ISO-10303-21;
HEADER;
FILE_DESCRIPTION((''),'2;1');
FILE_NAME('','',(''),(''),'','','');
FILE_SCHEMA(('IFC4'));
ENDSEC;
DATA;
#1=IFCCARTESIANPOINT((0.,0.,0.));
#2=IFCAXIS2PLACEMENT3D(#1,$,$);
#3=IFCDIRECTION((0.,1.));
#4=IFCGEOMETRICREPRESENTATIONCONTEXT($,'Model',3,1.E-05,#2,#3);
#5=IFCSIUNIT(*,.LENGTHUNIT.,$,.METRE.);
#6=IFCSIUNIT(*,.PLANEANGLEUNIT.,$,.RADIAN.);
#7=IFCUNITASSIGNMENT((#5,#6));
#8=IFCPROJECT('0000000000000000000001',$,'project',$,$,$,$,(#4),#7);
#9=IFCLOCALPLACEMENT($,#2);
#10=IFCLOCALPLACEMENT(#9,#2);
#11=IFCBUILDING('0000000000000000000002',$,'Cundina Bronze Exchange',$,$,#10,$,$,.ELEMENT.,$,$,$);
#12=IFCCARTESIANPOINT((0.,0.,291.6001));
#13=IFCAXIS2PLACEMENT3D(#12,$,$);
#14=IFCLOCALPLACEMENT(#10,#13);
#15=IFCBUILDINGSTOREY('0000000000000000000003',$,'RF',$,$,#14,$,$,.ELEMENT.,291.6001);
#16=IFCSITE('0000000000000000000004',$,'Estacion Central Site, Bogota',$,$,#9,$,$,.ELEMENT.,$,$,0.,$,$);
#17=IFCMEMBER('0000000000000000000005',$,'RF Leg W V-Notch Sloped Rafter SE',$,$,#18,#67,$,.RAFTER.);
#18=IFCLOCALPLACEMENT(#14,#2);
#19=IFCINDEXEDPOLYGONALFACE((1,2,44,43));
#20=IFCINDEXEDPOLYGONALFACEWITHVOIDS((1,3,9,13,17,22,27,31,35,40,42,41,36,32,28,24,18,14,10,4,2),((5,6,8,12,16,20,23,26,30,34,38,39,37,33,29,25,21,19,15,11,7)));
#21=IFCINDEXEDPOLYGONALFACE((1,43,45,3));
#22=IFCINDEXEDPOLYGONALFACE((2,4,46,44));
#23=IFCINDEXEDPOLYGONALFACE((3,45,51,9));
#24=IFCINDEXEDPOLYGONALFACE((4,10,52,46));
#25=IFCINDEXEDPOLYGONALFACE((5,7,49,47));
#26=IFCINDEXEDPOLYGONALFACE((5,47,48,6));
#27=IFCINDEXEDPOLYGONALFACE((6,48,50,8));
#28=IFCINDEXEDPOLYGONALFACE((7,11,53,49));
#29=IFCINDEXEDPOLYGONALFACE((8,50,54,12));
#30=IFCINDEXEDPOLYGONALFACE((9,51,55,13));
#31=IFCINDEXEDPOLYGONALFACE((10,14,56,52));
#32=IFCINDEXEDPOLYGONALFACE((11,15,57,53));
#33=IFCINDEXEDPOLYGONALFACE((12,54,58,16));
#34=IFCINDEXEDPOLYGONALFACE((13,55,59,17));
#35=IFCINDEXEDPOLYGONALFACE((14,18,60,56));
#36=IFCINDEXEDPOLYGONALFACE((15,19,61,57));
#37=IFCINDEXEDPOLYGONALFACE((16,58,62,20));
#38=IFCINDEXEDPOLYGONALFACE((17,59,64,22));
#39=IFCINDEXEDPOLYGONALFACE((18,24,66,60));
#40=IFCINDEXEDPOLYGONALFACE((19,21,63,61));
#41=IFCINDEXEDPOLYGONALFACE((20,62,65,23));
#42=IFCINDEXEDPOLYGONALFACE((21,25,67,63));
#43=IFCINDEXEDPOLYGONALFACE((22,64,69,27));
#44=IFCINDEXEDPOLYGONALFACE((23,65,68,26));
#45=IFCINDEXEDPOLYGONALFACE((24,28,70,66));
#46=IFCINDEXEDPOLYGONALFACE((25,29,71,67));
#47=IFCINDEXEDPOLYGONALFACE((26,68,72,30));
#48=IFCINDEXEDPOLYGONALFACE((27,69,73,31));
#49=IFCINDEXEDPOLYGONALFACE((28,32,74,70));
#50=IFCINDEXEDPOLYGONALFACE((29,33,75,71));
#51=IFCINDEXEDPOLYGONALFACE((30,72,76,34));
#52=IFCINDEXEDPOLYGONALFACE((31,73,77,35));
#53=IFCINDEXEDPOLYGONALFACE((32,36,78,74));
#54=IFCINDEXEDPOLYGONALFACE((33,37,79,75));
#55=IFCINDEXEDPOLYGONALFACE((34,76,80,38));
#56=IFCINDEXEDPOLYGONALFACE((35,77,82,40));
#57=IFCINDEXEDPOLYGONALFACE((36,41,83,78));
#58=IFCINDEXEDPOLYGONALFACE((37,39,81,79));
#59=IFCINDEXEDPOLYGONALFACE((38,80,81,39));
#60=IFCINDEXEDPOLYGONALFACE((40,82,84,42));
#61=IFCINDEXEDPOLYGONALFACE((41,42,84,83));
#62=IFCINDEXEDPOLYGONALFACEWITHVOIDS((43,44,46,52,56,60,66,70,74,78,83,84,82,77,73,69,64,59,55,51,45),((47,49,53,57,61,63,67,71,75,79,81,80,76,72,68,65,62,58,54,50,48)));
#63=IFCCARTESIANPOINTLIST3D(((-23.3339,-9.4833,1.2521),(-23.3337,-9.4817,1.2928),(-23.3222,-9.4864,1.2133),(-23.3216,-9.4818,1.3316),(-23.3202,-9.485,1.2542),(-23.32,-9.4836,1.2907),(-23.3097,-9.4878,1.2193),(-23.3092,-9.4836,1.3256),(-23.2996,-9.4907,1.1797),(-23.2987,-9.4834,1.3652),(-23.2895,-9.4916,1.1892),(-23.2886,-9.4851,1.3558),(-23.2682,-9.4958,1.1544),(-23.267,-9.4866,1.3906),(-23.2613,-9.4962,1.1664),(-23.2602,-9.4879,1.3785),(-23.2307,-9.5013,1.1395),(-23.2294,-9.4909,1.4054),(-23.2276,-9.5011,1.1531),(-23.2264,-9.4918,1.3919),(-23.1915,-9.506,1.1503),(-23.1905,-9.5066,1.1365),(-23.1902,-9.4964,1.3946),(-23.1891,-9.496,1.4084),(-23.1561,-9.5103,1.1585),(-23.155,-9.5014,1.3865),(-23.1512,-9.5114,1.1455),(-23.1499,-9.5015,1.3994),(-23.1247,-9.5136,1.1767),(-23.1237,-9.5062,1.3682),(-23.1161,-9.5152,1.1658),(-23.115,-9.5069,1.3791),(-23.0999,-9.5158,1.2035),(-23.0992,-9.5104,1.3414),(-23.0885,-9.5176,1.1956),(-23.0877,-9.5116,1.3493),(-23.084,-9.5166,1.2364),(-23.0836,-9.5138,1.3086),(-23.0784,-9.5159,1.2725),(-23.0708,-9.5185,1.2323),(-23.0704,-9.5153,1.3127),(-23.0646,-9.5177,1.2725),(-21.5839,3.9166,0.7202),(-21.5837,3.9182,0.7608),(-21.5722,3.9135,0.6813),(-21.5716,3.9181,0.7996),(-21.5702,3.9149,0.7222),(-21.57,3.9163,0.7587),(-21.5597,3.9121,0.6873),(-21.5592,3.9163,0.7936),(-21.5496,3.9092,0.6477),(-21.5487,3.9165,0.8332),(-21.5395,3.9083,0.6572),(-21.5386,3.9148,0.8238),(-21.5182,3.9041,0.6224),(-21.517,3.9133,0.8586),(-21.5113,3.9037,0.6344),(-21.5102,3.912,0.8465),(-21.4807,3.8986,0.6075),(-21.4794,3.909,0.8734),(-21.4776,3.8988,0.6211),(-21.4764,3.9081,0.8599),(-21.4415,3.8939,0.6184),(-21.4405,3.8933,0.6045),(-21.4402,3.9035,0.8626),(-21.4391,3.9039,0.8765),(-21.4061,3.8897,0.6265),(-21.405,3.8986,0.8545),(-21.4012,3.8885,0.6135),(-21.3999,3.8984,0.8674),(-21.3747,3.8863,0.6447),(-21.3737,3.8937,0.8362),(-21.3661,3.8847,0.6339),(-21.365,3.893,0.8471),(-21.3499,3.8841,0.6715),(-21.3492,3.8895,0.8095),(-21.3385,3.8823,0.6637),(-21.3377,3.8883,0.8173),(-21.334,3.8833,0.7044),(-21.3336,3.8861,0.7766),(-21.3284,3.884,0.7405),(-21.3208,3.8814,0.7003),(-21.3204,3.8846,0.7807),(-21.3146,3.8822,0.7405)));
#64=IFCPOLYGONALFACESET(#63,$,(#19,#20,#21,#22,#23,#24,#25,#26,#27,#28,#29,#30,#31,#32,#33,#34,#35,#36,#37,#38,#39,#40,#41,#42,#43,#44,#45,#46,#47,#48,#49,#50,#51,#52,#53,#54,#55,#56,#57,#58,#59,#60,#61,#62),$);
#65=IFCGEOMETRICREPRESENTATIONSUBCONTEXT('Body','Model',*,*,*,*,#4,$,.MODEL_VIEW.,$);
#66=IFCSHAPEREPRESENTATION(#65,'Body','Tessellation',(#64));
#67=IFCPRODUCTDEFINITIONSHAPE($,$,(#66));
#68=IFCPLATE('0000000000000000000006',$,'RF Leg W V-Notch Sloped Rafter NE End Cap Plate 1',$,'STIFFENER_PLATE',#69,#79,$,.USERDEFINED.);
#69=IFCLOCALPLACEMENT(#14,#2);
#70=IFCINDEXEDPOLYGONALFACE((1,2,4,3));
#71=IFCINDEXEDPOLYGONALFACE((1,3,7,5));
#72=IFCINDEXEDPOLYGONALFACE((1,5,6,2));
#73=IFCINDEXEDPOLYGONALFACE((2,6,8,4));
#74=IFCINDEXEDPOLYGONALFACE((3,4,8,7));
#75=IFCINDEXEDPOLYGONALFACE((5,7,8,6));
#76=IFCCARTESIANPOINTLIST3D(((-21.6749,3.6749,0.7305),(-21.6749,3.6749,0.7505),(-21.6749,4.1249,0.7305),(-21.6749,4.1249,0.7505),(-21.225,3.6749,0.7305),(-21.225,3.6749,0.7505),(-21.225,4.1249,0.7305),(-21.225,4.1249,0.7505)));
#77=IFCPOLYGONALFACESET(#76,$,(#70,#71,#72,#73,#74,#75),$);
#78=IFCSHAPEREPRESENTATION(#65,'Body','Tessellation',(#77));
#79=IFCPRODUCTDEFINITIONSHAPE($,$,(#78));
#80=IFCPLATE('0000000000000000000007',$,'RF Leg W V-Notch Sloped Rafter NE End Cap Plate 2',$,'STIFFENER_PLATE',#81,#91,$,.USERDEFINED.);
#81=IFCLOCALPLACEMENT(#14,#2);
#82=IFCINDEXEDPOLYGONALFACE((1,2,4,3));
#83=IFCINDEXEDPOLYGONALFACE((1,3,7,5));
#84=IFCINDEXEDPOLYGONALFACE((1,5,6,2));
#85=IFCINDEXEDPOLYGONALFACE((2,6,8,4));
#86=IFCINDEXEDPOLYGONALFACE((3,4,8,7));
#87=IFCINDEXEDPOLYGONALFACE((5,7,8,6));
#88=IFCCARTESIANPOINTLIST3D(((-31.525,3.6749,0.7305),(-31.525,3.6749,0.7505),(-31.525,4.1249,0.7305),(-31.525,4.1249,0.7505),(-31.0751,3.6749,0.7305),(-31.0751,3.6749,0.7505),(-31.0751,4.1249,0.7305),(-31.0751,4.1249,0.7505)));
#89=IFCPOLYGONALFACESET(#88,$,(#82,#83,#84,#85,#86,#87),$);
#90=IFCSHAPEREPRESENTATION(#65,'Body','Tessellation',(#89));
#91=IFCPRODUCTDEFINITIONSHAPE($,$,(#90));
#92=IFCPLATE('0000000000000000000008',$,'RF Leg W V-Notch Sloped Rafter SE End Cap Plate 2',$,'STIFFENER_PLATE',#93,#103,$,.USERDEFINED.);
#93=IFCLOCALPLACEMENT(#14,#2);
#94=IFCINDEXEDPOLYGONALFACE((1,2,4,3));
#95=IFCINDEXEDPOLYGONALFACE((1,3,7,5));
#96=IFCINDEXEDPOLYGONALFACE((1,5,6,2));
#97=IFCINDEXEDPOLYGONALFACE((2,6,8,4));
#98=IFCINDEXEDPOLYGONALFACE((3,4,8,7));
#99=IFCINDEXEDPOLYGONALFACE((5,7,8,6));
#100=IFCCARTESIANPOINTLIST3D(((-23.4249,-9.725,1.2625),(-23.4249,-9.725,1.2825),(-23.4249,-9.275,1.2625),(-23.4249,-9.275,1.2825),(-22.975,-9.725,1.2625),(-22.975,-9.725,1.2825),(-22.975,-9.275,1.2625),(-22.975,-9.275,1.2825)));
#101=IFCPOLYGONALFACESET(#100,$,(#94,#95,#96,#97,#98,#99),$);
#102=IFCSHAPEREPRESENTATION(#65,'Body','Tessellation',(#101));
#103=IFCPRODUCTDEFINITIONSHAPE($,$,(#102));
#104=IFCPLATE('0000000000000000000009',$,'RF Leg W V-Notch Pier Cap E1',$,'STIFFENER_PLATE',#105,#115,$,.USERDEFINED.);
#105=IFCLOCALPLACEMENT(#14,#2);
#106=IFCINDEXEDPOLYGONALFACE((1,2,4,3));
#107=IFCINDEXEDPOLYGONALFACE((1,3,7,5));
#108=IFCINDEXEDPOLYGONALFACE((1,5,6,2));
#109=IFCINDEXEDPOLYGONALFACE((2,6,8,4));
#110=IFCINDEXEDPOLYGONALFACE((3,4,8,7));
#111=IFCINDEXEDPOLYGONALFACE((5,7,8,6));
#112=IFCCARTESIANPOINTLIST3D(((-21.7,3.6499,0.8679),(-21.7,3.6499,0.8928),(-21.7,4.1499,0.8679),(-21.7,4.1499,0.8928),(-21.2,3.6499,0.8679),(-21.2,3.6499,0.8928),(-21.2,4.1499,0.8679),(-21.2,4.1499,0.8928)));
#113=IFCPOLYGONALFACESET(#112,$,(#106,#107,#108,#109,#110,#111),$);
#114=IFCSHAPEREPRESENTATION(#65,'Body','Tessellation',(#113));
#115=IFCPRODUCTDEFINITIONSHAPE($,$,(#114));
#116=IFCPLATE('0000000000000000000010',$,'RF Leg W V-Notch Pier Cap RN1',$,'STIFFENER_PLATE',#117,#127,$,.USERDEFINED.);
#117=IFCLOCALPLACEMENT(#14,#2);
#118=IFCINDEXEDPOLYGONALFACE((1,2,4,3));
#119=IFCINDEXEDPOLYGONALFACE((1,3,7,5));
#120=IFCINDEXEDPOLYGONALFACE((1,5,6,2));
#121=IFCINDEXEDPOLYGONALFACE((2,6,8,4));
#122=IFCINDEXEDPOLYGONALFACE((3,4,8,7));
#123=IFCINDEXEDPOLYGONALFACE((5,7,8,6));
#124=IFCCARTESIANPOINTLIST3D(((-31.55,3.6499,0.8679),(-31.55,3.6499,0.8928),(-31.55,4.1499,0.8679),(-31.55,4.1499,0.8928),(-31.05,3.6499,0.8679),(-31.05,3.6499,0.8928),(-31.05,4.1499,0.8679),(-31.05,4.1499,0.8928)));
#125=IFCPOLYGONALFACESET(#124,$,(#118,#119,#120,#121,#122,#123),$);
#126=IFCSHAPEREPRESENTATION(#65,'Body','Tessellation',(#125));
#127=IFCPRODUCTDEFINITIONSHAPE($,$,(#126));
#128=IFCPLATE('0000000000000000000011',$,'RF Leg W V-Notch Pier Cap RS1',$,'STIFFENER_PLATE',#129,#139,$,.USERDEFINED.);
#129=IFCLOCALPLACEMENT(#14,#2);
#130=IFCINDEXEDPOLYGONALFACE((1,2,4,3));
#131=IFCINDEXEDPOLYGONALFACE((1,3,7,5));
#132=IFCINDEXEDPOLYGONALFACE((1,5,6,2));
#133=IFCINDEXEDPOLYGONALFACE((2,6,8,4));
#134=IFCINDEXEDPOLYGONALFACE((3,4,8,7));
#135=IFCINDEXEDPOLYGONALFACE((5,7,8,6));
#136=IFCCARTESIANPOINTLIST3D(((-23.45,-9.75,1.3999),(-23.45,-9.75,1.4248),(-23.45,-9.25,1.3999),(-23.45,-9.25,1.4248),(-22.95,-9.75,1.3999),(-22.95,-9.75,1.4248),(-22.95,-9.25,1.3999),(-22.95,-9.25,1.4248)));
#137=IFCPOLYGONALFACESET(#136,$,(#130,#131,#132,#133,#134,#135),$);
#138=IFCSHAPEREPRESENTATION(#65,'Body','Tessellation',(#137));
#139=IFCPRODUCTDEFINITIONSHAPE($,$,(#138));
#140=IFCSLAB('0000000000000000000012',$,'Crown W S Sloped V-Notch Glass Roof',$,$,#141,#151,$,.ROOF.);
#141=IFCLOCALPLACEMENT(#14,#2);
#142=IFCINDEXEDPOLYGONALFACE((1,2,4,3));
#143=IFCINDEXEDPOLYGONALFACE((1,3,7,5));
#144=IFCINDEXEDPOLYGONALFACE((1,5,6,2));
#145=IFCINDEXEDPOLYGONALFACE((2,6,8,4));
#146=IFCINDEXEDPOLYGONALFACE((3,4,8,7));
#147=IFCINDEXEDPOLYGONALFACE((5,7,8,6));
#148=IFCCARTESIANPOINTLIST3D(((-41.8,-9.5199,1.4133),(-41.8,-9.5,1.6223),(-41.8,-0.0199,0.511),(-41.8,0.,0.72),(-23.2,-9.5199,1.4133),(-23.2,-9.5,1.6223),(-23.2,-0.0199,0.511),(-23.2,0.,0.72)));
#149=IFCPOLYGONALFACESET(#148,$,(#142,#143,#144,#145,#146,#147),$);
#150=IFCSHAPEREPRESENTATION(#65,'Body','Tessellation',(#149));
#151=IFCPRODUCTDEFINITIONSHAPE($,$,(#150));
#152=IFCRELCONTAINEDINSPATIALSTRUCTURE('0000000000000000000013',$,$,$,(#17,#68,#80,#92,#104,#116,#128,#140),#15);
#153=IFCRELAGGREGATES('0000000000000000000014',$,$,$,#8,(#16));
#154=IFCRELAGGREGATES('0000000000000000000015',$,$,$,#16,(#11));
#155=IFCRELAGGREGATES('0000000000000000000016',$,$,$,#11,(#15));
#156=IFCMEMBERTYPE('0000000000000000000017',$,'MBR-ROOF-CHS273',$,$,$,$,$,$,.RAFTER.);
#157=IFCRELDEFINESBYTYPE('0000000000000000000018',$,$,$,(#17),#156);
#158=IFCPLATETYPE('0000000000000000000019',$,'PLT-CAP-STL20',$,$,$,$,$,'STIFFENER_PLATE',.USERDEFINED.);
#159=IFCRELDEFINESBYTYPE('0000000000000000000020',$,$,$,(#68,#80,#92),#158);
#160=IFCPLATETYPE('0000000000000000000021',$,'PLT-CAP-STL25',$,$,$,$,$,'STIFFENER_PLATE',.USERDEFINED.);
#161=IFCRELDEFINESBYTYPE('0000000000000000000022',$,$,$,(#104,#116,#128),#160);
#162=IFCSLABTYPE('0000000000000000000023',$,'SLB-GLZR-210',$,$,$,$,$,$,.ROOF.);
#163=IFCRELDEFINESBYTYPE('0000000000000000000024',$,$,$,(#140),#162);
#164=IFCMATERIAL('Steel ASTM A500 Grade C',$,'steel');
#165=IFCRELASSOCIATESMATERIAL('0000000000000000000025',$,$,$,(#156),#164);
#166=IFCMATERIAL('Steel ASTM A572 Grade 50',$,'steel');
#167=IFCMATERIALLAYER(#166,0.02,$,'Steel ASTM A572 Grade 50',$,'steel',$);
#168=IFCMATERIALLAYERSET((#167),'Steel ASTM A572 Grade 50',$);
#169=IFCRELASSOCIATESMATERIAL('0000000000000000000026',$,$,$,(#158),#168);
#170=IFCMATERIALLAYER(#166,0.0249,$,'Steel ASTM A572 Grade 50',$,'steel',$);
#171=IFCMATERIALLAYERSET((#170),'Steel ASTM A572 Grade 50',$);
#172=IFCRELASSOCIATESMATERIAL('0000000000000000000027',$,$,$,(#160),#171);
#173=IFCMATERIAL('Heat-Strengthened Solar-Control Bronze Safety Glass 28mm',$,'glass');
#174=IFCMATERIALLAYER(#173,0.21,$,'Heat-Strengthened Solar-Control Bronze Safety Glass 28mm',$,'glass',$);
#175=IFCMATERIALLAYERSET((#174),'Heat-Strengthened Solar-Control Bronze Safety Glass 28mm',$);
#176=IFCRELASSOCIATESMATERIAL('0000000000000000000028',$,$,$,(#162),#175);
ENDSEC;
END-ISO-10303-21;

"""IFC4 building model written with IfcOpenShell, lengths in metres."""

from ifc_helpers import new_model, si_unit, direction, frame, origin, origin_2d, place, context, subcontext, project, spatial, polyline, rectangle, hollow_circle, outline, extrude, material, layer, layer_set, material_profile, profile_set, type_object, element, save


model = new_model("IFC4")

# Units and contexts
model_context = context("Model", 3, precision=1e-05, world=origin(), true_north=direction((0.0, 1.0)))
body_context = subcontext(model_context, "Body", "Model", "MODEL_VIEW")
ifc_project = project(units=[si_unit("LENGTHUNIT", "METRE"), si_unit("PLANEANGLEUNIT", "RADIAN")], contexts=[model_context])

# Site, building, storey
site_placement = place(None, origin())
site = spatial("IfcSite", under=ifc_project, at=site_placement, Name="Estacion Central Site, Bogota", CompositionType="ELEMENT", RefElevation=0.0)
building_placement = place(site_placement, origin())
building = spatial("IfcBuilding", under=site, at=building_placement, Name="Cundina Bronze Exchange", CompositionType="ELEMENT")
storey_placement = place(building_placement, frame((0.0, 0.0, 291.6001)))
storey = spatial("IfcBuildingStorey", under=building, at=storey_placement, Name="RF", CompositionType="ELEMENT", Elevation=291.6001)

# Member
ifc_material_1 = material(Name="Steel ASTM A500 Grade C", Category="steel")
ifc_material_profile_1 = material_profile(ifc_material_1, hollow_circle(Radius=0.1365, WallThickness=0.0139, at=origin_2d()), Name="CHS273X14", Category="steel")
ifc_profile_set_1 = profile_set([ifc_material_profile_1], Name="Steel ASTM A500 Grade C")
member_type = type_object("IfcMemberType", Name="MBR-ROOF-CHS273", PredefinedType="RAFTER", material=ifc_profile_set_1)
member_1_placement = place(storey_placement, frame((-21.45, 3.8999, 0.7405), z_axis=(-0.129398, -0.990812, 0.039336), x_axis=(0.99158, -0.129498, 0.0)))
element("IfcMember", 1, at=member_1_placement, inside=storey, type_object=member_type, Name="RF Leg W V-Notch Sloped Rafter SE", PredefinedType="RAFTER", context=body_context, shape_type="SweptSolid", body=[
    extrude(hollow_circle(Radius=0.1365, WallThickness=0.0139, at=origin_2d()), origin(), (0.0, 0.0, 1.0), 13.5242),
])

# Plates
ifc_material_2 = material(Name="Steel ASTM A572 Grade 50", Category="steel")
ifc_layer_1 = layer(ifc_material_2, 0.02, Name="Steel ASTM A572 Grade 50", Category="steel")
ifc_layer_set_1 = layer_set([ifc_layer_1], Name="Steel ASTM A572 Grade 50")
plate_type_1 = type_object("IfcPlateType", Name="PLT-CAP-STL20", ElementType="STIFFENER_PLATE", PredefinedType="USERDEFINED", material=ifc_layer_set_1)
for number, where, z_axis, x_axis, name in (
    (2, (-21.45, 3.8999, 0.7305), (0.0, 0.0, 1.0), (1.0, 0.0, 0.0), "RF Leg W V-Notch Sloped Rafter NE End Cap Plate 1"),
    (3, (-31.3, 3.8999, 0.7305), (0.0, 0.0, 1.0), (1.0, 0.0, 0.0), "RF Leg W V-Notch Sloped Rafter NE End Cap Plate 2"),
    (4, (-23.2, -9.5, 1.2625), (0.0, 0.0, 1.0), (1.0, 0.0, 0.0), "RF Leg W V-Notch Sloped Rafter SE End Cap Plate 2"),
):
    element("IfcPlate", number, at=place(storey_placement, frame(where, z_axis=z_axis, x_axis=x_axis)), inside=storey, type_object=plate_type_1, Name=name, ObjectType="STIFFENER_PLATE", PredefinedType="USERDEFINED", context=body_context, shape_type="SweptSolid", body=[
        extrude(rectangle(XDim=0.45, YDim=0.45, at=origin_2d()), origin(), (0.0, 0.0, 1.0), 0.02),
    ])
ifc_layer_2 = layer(ifc_material_2, 0.0249, Name="Steel ASTM A572 Grade 50", Category="steel")
ifc_layer_set_2 = layer_set([ifc_layer_2], Name="Steel ASTM A572 Grade 50")
plate_type_2 = type_object("IfcPlateType", Name="PLT-CAP-STL25", ElementType="STIFFENER_PLATE", PredefinedType="USERDEFINED", material=ifc_layer_set_2)
for number, where, z_axis, x_axis, name in (
    (5, (-21.45, 3.8999, 0.8679), (0.0, 0.0, 1.0), (1.0, 0.0, 0.0), "RF Leg W V-Notch Pier Cap E1"),
    (6, (-31.3, 3.8999, 0.8679), (0.0, 0.0, 1.0), (1.0, 0.0, 0.0), "RF Leg W V-Notch Pier Cap RN1"),
    (7, (-23.2, -9.5, 1.3999), (0.0, 0.0, 1.0), (1.0, 0.0, 0.0), "RF Leg W V-Notch Pier Cap RS1"),
):
    element("IfcPlate", number, at=place(storey_placement, frame(where, z_axis=z_axis, x_axis=x_axis)), inside=storey, type_object=plate_type_2, Name=name, ObjectType="STIFFENER_PLATE", PredefinedType="USERDEFINED", context=body_context, shape_type="SweptSolid", body=[
        extrude(rectangle(XDim=0.5, YDim=0.5, at=origin_2d()), origin(), (0.0, 0.0, 1.0), 0.0249),
    ])

# Slab
ifc_material_3 = material(Name="Heat-Strengthened Solar-Control Bronze Safety Glass 28mm", Category="glass")
ifc_layer_3 = layer(ifc_material_3, 0.21, Name="Heat-Strengthened Solar-Control Bronze Safety Glass 28mm", Category="glass")
ifc_layer_set_3 = layer_set([ifc_layer_3], Name="Heat-Strengthened Solar-Control Bronze Safety Glass 28mm")
slab_type_1 = type_object("IfcSlabType", Name="SLB-GLZR-210", PredefinedType="ROOF", material=ifc_layer_set_3)
slab_1_placement = place(storey_placement, frame((-23.2, 0.0, 0.72), z_axis=(0.0, 0.094558, 0.995519), x_axis=(-1.0, 0.0, 0.0)))
element("IfcSlab", 8, at=slab_1_placement, inside=storey, type_object=slab_type_1, Name="Crown W S Sloped V-Notch Glass Roof", PredefinedType="ROOF", context=body_context, shape_type="SweptSolid", body=[
    extrude(outline(polyline([(0.0, 0.0), (18.6001, 0.0), (18.6001, 9.5428), (0.0, 9.5428), (0.0, 0.0)])), origin(), (0.0, 0.0, -1.0), 0.21),
])

save(model, "model.ifc")
